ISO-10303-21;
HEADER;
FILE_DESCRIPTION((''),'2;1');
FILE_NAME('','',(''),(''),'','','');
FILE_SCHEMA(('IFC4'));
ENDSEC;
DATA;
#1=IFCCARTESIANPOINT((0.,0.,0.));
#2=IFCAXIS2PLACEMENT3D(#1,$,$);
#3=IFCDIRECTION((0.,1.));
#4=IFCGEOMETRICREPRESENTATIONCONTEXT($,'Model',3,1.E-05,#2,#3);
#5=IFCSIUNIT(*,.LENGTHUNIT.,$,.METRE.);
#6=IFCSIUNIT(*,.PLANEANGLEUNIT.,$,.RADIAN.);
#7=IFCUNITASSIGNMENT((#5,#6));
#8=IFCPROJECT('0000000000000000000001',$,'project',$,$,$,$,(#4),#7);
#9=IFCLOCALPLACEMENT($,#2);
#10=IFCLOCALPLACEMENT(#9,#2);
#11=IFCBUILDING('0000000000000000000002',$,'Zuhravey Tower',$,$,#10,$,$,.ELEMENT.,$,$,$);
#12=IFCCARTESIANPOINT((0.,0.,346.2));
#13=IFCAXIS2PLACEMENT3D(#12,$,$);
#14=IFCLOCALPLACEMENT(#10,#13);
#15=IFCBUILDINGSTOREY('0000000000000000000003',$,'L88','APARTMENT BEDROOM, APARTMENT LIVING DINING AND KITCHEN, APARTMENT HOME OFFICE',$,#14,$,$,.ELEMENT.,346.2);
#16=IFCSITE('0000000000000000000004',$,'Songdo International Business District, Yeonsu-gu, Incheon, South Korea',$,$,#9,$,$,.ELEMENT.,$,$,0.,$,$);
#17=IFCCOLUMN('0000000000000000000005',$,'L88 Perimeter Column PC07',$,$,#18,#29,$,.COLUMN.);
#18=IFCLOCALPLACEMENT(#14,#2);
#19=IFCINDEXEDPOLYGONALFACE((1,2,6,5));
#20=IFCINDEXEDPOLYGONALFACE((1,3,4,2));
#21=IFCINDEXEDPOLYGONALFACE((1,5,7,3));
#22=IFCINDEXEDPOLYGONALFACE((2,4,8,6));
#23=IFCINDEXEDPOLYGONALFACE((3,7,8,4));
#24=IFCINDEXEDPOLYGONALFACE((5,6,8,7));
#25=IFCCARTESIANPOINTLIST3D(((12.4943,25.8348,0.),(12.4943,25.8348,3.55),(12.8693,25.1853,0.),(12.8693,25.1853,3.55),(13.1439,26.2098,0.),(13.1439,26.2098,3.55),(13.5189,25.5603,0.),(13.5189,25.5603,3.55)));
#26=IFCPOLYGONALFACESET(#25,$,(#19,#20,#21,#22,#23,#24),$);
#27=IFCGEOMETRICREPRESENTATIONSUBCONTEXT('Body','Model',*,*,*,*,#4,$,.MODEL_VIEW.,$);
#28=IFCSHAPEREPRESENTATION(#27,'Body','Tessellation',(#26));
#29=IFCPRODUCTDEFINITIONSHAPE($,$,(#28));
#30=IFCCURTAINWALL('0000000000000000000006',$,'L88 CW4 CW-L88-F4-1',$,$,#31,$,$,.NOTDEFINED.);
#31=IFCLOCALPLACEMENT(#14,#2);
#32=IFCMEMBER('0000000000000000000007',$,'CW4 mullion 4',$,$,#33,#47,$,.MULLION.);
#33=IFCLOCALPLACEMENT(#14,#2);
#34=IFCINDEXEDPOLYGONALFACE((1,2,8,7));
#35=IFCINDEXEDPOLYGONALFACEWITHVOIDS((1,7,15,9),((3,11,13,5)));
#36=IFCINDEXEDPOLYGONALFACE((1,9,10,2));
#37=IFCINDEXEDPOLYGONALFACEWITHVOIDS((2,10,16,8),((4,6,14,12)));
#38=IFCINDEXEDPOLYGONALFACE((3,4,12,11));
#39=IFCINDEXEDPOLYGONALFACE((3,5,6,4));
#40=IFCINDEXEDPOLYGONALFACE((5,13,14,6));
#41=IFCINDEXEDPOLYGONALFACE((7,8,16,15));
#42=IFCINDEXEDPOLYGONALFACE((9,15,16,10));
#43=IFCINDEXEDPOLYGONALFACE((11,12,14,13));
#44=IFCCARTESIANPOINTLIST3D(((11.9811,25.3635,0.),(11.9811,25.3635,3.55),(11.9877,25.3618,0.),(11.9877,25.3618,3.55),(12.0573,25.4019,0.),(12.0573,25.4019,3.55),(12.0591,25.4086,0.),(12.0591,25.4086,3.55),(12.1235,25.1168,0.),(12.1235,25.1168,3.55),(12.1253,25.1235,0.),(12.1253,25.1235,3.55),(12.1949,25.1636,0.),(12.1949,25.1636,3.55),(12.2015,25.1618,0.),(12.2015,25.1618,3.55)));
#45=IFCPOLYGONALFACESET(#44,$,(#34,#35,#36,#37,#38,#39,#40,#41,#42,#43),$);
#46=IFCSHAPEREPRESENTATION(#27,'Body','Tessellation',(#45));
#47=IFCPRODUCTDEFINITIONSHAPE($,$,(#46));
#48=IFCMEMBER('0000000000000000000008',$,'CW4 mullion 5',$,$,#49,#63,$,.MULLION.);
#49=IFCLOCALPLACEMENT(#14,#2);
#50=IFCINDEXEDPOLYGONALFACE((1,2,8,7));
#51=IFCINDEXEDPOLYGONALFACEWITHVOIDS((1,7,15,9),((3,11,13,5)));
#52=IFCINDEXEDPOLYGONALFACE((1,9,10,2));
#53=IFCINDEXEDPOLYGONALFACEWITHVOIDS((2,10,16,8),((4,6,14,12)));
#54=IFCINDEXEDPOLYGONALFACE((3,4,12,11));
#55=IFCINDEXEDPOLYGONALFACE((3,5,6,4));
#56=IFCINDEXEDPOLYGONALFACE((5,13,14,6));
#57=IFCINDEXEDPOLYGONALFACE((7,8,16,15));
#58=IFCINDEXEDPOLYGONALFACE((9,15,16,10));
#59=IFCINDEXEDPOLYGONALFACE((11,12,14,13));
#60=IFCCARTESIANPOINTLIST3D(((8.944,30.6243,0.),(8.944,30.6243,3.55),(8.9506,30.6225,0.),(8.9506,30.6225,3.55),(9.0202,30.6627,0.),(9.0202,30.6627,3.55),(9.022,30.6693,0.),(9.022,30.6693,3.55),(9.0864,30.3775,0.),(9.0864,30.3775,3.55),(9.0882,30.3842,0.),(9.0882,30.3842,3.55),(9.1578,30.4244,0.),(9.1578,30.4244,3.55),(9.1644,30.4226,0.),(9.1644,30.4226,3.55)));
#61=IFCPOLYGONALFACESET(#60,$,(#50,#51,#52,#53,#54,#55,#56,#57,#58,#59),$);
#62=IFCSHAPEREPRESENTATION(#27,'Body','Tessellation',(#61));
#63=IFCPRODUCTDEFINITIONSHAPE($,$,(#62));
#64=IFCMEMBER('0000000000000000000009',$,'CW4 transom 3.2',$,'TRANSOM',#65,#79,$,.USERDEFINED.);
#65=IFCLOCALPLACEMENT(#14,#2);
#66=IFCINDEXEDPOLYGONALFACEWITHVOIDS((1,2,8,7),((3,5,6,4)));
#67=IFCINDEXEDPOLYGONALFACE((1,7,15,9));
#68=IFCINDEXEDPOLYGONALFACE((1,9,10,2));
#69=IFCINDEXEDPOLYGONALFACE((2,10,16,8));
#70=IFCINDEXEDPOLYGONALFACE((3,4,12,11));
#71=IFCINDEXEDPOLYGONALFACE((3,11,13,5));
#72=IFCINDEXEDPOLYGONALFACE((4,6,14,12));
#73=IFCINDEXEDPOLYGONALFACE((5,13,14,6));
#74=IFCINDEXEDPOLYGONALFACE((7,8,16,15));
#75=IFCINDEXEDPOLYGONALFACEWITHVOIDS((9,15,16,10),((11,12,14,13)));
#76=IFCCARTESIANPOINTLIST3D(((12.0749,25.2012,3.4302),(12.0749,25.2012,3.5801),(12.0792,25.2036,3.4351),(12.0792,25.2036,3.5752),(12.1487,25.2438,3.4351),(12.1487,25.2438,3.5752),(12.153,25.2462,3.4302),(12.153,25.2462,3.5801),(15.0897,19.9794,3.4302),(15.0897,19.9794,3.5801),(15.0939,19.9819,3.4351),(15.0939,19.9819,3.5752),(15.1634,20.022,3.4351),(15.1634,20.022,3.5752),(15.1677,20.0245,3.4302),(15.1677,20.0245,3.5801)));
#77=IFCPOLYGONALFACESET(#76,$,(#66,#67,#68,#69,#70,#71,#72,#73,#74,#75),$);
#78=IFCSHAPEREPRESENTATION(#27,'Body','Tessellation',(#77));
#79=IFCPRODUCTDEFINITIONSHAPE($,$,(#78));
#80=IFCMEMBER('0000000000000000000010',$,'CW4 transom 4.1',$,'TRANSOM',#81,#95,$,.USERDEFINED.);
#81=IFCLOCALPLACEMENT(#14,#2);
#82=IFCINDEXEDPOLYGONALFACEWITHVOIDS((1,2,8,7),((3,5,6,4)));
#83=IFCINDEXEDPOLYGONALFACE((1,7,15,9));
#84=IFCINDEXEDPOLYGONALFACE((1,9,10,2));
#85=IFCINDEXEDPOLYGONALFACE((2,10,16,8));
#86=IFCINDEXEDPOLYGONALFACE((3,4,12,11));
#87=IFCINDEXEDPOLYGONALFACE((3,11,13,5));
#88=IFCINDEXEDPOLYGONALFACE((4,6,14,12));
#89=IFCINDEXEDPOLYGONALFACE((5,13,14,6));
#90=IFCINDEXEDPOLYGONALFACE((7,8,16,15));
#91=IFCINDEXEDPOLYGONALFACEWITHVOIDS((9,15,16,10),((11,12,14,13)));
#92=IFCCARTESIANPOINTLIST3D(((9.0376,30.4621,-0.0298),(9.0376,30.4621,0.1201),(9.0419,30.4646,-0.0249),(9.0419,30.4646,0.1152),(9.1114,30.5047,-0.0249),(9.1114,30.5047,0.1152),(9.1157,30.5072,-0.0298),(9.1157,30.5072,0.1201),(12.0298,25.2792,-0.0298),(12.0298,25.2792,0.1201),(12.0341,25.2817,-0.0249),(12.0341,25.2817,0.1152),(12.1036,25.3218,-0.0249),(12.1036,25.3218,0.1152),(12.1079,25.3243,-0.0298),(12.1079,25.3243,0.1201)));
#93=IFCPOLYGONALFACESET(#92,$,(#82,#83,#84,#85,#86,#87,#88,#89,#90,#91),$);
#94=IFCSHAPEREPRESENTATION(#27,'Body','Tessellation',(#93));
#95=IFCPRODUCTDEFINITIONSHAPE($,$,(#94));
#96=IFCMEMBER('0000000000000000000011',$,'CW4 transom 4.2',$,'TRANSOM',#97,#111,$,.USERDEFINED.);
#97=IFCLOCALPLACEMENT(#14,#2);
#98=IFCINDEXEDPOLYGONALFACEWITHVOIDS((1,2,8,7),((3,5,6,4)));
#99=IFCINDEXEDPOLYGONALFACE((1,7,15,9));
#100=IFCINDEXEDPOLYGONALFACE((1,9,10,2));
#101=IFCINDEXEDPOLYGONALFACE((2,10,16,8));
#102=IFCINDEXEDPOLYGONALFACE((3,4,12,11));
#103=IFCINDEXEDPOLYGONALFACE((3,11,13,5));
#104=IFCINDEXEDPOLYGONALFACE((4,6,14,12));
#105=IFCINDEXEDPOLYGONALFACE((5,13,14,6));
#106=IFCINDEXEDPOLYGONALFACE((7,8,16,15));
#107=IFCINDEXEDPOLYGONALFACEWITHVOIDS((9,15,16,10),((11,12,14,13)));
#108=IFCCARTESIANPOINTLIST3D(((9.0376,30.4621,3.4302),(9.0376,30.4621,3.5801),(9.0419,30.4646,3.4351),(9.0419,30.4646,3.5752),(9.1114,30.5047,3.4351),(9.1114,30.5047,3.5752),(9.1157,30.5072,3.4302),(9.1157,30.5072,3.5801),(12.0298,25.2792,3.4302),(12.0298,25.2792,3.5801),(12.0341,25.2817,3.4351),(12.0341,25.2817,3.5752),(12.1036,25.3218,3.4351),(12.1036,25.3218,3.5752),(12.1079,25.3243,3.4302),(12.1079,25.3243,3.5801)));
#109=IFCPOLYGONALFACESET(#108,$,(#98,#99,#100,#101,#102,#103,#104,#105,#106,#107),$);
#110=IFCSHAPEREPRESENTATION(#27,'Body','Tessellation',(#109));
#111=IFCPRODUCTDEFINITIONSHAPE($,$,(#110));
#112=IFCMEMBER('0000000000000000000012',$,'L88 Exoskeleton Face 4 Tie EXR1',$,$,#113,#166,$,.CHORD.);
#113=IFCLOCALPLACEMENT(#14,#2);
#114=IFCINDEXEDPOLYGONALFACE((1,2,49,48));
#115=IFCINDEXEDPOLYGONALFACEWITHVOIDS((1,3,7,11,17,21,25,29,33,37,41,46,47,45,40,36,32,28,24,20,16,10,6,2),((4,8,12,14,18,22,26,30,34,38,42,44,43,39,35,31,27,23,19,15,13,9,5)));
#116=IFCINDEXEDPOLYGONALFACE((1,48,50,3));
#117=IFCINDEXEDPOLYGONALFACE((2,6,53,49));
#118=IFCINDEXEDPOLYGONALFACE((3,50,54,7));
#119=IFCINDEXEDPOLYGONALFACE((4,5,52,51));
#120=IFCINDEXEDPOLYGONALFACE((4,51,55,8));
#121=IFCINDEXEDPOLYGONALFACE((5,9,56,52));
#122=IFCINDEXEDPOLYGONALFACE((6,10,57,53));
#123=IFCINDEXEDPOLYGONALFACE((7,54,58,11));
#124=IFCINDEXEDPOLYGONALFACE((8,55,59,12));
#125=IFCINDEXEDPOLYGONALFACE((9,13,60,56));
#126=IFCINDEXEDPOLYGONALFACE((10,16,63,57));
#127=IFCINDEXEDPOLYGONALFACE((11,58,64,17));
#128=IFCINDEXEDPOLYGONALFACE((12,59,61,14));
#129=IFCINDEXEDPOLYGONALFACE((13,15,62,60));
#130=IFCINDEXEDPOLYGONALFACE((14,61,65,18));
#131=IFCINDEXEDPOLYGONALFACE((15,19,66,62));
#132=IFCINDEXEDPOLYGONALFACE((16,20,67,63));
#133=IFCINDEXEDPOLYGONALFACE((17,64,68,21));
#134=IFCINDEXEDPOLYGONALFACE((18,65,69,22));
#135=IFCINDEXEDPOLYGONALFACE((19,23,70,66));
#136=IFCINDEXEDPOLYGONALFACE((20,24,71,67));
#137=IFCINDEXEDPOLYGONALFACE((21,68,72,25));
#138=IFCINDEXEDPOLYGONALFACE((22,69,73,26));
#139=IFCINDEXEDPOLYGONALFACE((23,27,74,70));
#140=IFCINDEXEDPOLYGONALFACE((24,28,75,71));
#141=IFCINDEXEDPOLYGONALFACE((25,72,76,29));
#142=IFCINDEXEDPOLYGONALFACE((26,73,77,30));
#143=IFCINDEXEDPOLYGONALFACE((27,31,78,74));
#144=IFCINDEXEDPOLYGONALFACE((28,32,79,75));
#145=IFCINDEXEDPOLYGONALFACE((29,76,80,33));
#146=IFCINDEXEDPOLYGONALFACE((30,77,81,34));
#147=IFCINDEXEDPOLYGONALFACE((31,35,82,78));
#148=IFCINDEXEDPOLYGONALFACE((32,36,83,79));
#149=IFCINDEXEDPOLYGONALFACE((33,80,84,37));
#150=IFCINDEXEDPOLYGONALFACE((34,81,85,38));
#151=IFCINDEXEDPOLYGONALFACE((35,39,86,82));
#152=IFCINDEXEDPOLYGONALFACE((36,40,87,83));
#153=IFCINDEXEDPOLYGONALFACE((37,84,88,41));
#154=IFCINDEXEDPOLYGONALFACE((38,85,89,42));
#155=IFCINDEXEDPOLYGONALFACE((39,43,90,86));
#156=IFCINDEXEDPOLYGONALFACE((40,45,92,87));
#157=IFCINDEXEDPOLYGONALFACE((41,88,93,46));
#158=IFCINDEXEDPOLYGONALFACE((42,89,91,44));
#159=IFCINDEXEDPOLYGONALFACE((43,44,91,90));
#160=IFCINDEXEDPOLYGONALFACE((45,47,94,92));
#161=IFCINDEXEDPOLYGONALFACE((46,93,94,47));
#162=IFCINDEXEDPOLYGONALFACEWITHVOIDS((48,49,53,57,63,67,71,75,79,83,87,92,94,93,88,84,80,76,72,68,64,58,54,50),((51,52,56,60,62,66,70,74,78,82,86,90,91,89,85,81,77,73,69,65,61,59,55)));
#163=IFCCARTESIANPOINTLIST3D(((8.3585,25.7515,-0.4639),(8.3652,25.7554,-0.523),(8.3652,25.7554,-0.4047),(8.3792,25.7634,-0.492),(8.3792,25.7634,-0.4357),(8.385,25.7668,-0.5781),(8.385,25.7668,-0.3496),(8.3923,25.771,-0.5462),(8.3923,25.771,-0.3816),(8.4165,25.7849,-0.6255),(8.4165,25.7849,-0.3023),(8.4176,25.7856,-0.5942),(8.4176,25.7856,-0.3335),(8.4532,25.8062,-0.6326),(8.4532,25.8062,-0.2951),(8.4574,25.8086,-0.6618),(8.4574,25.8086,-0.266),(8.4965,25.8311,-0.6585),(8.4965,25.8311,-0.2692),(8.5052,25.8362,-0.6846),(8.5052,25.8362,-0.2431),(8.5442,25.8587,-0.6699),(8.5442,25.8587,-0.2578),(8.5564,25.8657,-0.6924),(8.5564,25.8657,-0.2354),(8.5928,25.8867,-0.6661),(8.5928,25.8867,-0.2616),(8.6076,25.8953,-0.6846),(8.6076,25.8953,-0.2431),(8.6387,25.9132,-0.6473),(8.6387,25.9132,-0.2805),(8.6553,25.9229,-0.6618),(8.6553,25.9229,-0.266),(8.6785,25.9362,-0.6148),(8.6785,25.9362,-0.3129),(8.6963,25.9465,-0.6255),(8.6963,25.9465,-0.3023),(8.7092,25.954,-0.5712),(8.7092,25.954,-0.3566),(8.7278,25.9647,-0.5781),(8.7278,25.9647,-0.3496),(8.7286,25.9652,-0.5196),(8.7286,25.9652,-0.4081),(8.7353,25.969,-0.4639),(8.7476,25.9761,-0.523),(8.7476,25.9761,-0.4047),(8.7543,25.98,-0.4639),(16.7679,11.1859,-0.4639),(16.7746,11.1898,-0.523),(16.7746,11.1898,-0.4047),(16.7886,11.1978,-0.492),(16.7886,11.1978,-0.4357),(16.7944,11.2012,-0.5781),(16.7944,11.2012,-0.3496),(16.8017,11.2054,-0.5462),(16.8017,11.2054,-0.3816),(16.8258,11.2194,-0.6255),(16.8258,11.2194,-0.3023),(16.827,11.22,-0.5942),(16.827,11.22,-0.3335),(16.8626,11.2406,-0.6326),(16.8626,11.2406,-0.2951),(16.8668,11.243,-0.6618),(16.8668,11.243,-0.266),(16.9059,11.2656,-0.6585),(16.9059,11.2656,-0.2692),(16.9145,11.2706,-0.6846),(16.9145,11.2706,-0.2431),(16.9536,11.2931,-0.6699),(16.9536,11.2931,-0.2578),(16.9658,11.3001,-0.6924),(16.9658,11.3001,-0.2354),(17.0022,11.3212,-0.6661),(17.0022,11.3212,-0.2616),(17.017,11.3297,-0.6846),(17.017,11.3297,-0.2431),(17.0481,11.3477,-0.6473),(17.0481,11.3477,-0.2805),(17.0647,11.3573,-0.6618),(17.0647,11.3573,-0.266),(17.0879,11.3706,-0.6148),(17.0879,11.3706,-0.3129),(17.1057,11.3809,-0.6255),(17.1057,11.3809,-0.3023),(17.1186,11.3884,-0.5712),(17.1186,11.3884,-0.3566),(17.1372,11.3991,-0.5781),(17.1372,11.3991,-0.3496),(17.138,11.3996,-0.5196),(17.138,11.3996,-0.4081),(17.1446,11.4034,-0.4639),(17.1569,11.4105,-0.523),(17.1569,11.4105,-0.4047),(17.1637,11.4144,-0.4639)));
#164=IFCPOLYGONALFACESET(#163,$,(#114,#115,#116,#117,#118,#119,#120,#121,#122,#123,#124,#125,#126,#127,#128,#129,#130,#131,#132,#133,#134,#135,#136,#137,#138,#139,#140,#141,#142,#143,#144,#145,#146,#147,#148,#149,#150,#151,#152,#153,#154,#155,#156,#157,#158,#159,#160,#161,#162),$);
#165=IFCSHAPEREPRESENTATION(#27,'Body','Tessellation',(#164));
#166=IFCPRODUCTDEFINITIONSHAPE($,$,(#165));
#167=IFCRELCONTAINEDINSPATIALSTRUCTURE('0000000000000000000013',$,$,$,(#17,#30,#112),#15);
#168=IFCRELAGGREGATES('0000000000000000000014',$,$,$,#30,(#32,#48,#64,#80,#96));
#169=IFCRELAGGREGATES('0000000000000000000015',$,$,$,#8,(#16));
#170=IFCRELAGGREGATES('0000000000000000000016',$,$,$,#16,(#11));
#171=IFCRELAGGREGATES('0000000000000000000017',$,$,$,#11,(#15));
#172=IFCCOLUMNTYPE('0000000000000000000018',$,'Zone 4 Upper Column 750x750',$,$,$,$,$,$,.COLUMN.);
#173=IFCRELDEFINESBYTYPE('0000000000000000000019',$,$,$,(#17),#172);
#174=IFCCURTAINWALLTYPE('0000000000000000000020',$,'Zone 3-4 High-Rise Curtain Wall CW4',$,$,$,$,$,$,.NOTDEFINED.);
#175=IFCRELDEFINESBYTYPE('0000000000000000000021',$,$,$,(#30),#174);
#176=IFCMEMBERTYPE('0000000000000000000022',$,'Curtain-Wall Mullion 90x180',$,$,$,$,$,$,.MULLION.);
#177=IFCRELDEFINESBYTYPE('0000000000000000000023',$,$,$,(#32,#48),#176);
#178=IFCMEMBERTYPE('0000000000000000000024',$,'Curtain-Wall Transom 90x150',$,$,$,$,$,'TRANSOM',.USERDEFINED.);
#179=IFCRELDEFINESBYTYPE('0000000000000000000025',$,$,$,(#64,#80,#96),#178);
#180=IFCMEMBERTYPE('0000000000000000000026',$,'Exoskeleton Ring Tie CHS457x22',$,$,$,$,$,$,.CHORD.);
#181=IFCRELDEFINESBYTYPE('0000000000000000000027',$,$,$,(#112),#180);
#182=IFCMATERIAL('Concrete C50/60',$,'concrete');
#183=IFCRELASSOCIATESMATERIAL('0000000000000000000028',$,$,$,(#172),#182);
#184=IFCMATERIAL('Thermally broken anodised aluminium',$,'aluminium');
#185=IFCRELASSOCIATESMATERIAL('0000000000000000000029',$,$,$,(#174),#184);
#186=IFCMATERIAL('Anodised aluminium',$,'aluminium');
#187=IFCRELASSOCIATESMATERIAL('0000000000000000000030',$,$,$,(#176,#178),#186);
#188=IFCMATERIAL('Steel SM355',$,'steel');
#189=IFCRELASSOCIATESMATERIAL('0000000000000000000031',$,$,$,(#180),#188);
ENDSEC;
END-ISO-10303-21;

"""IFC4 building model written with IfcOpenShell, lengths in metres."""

from ifc_helpers import new_model, si_unit, direction, frame, origin, origin_2d, place, context, subcontext, project, spatial, rectangle, hollow_rectangle, hollow_circle, extrude, material, material_profile, profile_set, type_object, element, aggregate, save


model = new_model("IFC4")

# Units and contexts
model_context = context("Model", 3, precision=1e-05, world=origin(), true_north=direction((0.0, 1.0)))
body_context = subcontext(model_context, "Body", "Model", "MODEL_VIEW")
ifc_project = project(units=[si_unit("LENGTHUNIT", "METRE"), si_unit("PLANEANGLEUNIT", "RADIAN")], contexts=[model_context])

# Site, building, storey
site_placement = place(None, origin())
site = spatial("IfcSite", under=ifc_project, at=site_placement, Name="Songdo International Business District, Yeonsu-gu, Incheon, South Korea", CompositionType="ELEMENT", RefElevation=0.0)
building_placement = place(site_placement, origin())
building = spatial("IfcBuilding", under=site, at=building_placement, Name="Zuhravey Tower", CompositionType="ELEMENT")
storey_placement = place(building_placement, frame((0.0, 0.0, 346.2)))
storey = spatial("IfcBuildingStorey", under=building, at=storey_placement, Name="L88", Description="APARTMENT BEDROOM, APARTMENT LIVING DINING AND KITCHEN, APARTMENT HOME OFFICE", CompositionType="ELEMENT", Elevation=346.2)

# Column
ifc_material_1 = material(Name="Concrete C50/60", Category="concrete")
ifc_material_profile_1 = material_profile(ifc_material_1, rectangle(XDim=0.75, YDim=0.75, at=origin_2d()), Name="RC-750x750")
ifc_profile_set_1 = profile_set([ifc_material_profile_1], Name="Concrete C50/60")
column_type = type_object("IfcColumnType", Name="Zone 4 Upper Column 750x750", PredefinedType="COLUMN", material=ifc_profile_set_1)
column_placement = place(storey_placement, frame((13.0066, 25.6975, 0.0), z_axis=(0.0, 0.0, 1.0), x_axis=(0.5, -0.866025, 0.0)))
element("IfcColumn", 1, at=column_placement, inside=storey, type_object=column_type, Name="L88 Perimeter Column PC07", PredefinedType="COLUMN", context=body_context, shape_type="SweptSolid", body=[
    extrude(rectangle(XDim=0.75, YDim=0.75, at=origin_2d()), origin(), (0.0, 0.0, 1.0), 3.55),
])

# Curtain wall, members
ifc_material_2 = material(Name="Thermally broken anodised aluminium", Category="aluminium")
curtain_wall_type = type_object("IfcCurtainWallType", Name="Zone 3-4 High-Rise Curtain Wall CW4", PredefinedType="NOTDEFINED", material=ifc_material_2)
curtain_wall_placement = place(storey_placement, origin())
curtain_wall = element("IfcCurtainWall", 2, at=curtain_wall_placement, inside=storey, type_object=curtain_wall_type, Name="L88 CW4 CW-L88-F4-1", PredefinedType="NOTDEFINED")
ifc_material_3 = material(Name="Anodised aluminium", Category="aluminium")
ifc_material_profile_2 = material_profile(ifc_material_3, hollow_rectangle(XDim=0.0901, YDim=0.2849, WallThickness=0.0049, at=origin_2d()), Name="ALU-RHS-90x285x5")
ifc_profile_set_2 = profile_set([ifc_material_profile_2], Name="Anodised aluminium")
member_type_1 = type_object("IfcMemberType", Name="Curtain-Wall Mullion 90x180", PredefinedType="MULLION", material=ifc_profile_set_2)
member_1_placement = place(storey_placement, frame((12.0913, 25.2627, 0.0), z_axis=(0.0, 0.0, 1.0), x_axis=(-0.866026, -0.5, 0.0)))
member_1 = element("IfcMember", 3, at=member_1_placement, type_object=member_type_1, Name="CW4 mullion 4", PredefinedType="MULLION", context=body_context, shape_type="SweptSolid", body=[
    extrude(hollow_rectangle(XDim=0.0901, YDim=0.2849, WallThickness=0.0049, at=origin_2d()), origin(), (0.0, 0.0, 1.0), 3.55),
])
member_2_placement = place(storey_placement, frame((9.0542, 30.5234, 0.0), z_axis=(0.0, 0.0, 1.0), x_axis=(-0.866026, -0.5, 0.0)))
member_2 = element("IfcMember", 4, at=member_2_placement, type_object=member_type_1, Name="CW4 mullion 5", PredefinedType="MULLION", context=body_context, shape_type="SweptSolid", body=[
    extrude(hollow_rectangle(XDim=0.0901, YDim=0.2849, WallThickness=0.0049, at=origin_2d()), origin(), (0.0, 0.0, 1.0), 3.55),
])
ifc_material_profile_3 = material_profile(ifc_material_3, hollow_rectangle(XDim=0.0901, YDim=0.1499, WallThickness=0.0049, at=origin_2d()), Name="ALU-RHS-90x150x5")
ifc_profile_set_3 = profile_set([ifc_material_profile_3], Name="Anodised aluminium")
member_type_2 = type_object("IfcMemberType", Name="Curtain-Wall Transom 90x150", ElementType="TRANSOM", PredefinedType="USERDEFINED", material=ifc_profile_set_3)
member_3_placement = place(storey_placement, frame((15.1287, 20.002, 3.5051), z_axis=(-0.499989, 0.866032, 0.0), x_axis=(-0.866032, -0.499989, 0.0)))
member_3 = element("IfcMember", 5, at=member_3_placement, type_object=member_type_2, Name="CW4 transom 3.2", ObjectType="TRANSOM", PredefinedType="USERDEFINED", context=body_context, shape_type="SweptSolid", body=[
    extrude(hollow_rectangle(XDim=0.0901, YDim=0.1499, WallThickness=0.0049, at=origin_2d()), origin(), (0.0, 0.0, 1.0), 6.0295),
])
member_4_placement = place(storey_placement, frame((12.0688, 25.3018, 0.0452), z_axis=(-0.499983, 0.866035, 0.0), x_axis=(-0.866035, -0.499983, 0.0)))
member_4 = element("IfcMember", 6, at=member_4_placement, type_object=member_type_2, Name="CW4 transom 4.1", ObjectType="TRANSOM", PredefinedType="USERDEFINED", context=body_context, shape_type="SweptSolid", body=[
    extrude(hollow_rectangle(XDim=0.0901, YDim=0.1499, WallThickness=0.0049, at=origin_2d()), origin(), (0.0, 0.0, 1.0), 5.9846),
])
member_5_placement = place(storey_placement, frame((12.0688, 25.3018, 3.5051), z_axis=(-0.499983, 0.866035, 0.0), x_axis=(-0.866035, -0.499983, 0.0)))
member_5 = element("IfcMember", 7, at=member_5_placement, type_object=member_type_2, Name="CW4 transom 4.2", ObjectType="TRANSOM", PredefinedType="USERDEFINED", context=body_context, shape_type="SweptSolid", body=[
    extrude(hollow_rectangle(XDim=0.0901, YDim=0.1499, WallThickness=0.0049, at=origin_2d()), origin(), (0.0, 0.0, 1.0), 5.9846),
])

# Member
ifc_material_4 = material(Name="Steel SM355", Category="steel")
ifc_material_profile_4 = material_profile(ifc_material_4, hollow_circle(Radius=0.2285, WallThickness=0.022, at=origin_2d()), Name="CHS-457.2x22")
ifc_profile_set_4 = profile_set([ifc_material_profile_4], Name="Steel SM355")
member_type_3 = type_object("IfcMemberType", Name="Exoskeleton Ring Tie CHS457x22", PredefinedType="CHORD", material=ifc_profile_set_4)
member_6_placement = place(storey_placement, frame((8.5564, 25.8657, -0.4639), z_axis=(0.499997, -0.866027, 0.0), x_axis=(0.866027, 0.499997, 0.0)))
element("IfcMember", 8, at=member_6_placement, inside=storey, type_object=member_type_3, Name="L88 Exoskeleton Face 4 Tie EXR1", PredefinedType="CHORD", context=body_context, shape_type="SweptSolid", body=[
    extrude(hollow_circle(Radius=0.2285, WallThickness=0.022, at=origin_2d()), origin(), (0.0, 0.0, 1.0), 16.8188),
])

aggregate(curtain_wall, [member_1, member_2, member_3, member_4, member_5])

save(model, "model.ifc")
